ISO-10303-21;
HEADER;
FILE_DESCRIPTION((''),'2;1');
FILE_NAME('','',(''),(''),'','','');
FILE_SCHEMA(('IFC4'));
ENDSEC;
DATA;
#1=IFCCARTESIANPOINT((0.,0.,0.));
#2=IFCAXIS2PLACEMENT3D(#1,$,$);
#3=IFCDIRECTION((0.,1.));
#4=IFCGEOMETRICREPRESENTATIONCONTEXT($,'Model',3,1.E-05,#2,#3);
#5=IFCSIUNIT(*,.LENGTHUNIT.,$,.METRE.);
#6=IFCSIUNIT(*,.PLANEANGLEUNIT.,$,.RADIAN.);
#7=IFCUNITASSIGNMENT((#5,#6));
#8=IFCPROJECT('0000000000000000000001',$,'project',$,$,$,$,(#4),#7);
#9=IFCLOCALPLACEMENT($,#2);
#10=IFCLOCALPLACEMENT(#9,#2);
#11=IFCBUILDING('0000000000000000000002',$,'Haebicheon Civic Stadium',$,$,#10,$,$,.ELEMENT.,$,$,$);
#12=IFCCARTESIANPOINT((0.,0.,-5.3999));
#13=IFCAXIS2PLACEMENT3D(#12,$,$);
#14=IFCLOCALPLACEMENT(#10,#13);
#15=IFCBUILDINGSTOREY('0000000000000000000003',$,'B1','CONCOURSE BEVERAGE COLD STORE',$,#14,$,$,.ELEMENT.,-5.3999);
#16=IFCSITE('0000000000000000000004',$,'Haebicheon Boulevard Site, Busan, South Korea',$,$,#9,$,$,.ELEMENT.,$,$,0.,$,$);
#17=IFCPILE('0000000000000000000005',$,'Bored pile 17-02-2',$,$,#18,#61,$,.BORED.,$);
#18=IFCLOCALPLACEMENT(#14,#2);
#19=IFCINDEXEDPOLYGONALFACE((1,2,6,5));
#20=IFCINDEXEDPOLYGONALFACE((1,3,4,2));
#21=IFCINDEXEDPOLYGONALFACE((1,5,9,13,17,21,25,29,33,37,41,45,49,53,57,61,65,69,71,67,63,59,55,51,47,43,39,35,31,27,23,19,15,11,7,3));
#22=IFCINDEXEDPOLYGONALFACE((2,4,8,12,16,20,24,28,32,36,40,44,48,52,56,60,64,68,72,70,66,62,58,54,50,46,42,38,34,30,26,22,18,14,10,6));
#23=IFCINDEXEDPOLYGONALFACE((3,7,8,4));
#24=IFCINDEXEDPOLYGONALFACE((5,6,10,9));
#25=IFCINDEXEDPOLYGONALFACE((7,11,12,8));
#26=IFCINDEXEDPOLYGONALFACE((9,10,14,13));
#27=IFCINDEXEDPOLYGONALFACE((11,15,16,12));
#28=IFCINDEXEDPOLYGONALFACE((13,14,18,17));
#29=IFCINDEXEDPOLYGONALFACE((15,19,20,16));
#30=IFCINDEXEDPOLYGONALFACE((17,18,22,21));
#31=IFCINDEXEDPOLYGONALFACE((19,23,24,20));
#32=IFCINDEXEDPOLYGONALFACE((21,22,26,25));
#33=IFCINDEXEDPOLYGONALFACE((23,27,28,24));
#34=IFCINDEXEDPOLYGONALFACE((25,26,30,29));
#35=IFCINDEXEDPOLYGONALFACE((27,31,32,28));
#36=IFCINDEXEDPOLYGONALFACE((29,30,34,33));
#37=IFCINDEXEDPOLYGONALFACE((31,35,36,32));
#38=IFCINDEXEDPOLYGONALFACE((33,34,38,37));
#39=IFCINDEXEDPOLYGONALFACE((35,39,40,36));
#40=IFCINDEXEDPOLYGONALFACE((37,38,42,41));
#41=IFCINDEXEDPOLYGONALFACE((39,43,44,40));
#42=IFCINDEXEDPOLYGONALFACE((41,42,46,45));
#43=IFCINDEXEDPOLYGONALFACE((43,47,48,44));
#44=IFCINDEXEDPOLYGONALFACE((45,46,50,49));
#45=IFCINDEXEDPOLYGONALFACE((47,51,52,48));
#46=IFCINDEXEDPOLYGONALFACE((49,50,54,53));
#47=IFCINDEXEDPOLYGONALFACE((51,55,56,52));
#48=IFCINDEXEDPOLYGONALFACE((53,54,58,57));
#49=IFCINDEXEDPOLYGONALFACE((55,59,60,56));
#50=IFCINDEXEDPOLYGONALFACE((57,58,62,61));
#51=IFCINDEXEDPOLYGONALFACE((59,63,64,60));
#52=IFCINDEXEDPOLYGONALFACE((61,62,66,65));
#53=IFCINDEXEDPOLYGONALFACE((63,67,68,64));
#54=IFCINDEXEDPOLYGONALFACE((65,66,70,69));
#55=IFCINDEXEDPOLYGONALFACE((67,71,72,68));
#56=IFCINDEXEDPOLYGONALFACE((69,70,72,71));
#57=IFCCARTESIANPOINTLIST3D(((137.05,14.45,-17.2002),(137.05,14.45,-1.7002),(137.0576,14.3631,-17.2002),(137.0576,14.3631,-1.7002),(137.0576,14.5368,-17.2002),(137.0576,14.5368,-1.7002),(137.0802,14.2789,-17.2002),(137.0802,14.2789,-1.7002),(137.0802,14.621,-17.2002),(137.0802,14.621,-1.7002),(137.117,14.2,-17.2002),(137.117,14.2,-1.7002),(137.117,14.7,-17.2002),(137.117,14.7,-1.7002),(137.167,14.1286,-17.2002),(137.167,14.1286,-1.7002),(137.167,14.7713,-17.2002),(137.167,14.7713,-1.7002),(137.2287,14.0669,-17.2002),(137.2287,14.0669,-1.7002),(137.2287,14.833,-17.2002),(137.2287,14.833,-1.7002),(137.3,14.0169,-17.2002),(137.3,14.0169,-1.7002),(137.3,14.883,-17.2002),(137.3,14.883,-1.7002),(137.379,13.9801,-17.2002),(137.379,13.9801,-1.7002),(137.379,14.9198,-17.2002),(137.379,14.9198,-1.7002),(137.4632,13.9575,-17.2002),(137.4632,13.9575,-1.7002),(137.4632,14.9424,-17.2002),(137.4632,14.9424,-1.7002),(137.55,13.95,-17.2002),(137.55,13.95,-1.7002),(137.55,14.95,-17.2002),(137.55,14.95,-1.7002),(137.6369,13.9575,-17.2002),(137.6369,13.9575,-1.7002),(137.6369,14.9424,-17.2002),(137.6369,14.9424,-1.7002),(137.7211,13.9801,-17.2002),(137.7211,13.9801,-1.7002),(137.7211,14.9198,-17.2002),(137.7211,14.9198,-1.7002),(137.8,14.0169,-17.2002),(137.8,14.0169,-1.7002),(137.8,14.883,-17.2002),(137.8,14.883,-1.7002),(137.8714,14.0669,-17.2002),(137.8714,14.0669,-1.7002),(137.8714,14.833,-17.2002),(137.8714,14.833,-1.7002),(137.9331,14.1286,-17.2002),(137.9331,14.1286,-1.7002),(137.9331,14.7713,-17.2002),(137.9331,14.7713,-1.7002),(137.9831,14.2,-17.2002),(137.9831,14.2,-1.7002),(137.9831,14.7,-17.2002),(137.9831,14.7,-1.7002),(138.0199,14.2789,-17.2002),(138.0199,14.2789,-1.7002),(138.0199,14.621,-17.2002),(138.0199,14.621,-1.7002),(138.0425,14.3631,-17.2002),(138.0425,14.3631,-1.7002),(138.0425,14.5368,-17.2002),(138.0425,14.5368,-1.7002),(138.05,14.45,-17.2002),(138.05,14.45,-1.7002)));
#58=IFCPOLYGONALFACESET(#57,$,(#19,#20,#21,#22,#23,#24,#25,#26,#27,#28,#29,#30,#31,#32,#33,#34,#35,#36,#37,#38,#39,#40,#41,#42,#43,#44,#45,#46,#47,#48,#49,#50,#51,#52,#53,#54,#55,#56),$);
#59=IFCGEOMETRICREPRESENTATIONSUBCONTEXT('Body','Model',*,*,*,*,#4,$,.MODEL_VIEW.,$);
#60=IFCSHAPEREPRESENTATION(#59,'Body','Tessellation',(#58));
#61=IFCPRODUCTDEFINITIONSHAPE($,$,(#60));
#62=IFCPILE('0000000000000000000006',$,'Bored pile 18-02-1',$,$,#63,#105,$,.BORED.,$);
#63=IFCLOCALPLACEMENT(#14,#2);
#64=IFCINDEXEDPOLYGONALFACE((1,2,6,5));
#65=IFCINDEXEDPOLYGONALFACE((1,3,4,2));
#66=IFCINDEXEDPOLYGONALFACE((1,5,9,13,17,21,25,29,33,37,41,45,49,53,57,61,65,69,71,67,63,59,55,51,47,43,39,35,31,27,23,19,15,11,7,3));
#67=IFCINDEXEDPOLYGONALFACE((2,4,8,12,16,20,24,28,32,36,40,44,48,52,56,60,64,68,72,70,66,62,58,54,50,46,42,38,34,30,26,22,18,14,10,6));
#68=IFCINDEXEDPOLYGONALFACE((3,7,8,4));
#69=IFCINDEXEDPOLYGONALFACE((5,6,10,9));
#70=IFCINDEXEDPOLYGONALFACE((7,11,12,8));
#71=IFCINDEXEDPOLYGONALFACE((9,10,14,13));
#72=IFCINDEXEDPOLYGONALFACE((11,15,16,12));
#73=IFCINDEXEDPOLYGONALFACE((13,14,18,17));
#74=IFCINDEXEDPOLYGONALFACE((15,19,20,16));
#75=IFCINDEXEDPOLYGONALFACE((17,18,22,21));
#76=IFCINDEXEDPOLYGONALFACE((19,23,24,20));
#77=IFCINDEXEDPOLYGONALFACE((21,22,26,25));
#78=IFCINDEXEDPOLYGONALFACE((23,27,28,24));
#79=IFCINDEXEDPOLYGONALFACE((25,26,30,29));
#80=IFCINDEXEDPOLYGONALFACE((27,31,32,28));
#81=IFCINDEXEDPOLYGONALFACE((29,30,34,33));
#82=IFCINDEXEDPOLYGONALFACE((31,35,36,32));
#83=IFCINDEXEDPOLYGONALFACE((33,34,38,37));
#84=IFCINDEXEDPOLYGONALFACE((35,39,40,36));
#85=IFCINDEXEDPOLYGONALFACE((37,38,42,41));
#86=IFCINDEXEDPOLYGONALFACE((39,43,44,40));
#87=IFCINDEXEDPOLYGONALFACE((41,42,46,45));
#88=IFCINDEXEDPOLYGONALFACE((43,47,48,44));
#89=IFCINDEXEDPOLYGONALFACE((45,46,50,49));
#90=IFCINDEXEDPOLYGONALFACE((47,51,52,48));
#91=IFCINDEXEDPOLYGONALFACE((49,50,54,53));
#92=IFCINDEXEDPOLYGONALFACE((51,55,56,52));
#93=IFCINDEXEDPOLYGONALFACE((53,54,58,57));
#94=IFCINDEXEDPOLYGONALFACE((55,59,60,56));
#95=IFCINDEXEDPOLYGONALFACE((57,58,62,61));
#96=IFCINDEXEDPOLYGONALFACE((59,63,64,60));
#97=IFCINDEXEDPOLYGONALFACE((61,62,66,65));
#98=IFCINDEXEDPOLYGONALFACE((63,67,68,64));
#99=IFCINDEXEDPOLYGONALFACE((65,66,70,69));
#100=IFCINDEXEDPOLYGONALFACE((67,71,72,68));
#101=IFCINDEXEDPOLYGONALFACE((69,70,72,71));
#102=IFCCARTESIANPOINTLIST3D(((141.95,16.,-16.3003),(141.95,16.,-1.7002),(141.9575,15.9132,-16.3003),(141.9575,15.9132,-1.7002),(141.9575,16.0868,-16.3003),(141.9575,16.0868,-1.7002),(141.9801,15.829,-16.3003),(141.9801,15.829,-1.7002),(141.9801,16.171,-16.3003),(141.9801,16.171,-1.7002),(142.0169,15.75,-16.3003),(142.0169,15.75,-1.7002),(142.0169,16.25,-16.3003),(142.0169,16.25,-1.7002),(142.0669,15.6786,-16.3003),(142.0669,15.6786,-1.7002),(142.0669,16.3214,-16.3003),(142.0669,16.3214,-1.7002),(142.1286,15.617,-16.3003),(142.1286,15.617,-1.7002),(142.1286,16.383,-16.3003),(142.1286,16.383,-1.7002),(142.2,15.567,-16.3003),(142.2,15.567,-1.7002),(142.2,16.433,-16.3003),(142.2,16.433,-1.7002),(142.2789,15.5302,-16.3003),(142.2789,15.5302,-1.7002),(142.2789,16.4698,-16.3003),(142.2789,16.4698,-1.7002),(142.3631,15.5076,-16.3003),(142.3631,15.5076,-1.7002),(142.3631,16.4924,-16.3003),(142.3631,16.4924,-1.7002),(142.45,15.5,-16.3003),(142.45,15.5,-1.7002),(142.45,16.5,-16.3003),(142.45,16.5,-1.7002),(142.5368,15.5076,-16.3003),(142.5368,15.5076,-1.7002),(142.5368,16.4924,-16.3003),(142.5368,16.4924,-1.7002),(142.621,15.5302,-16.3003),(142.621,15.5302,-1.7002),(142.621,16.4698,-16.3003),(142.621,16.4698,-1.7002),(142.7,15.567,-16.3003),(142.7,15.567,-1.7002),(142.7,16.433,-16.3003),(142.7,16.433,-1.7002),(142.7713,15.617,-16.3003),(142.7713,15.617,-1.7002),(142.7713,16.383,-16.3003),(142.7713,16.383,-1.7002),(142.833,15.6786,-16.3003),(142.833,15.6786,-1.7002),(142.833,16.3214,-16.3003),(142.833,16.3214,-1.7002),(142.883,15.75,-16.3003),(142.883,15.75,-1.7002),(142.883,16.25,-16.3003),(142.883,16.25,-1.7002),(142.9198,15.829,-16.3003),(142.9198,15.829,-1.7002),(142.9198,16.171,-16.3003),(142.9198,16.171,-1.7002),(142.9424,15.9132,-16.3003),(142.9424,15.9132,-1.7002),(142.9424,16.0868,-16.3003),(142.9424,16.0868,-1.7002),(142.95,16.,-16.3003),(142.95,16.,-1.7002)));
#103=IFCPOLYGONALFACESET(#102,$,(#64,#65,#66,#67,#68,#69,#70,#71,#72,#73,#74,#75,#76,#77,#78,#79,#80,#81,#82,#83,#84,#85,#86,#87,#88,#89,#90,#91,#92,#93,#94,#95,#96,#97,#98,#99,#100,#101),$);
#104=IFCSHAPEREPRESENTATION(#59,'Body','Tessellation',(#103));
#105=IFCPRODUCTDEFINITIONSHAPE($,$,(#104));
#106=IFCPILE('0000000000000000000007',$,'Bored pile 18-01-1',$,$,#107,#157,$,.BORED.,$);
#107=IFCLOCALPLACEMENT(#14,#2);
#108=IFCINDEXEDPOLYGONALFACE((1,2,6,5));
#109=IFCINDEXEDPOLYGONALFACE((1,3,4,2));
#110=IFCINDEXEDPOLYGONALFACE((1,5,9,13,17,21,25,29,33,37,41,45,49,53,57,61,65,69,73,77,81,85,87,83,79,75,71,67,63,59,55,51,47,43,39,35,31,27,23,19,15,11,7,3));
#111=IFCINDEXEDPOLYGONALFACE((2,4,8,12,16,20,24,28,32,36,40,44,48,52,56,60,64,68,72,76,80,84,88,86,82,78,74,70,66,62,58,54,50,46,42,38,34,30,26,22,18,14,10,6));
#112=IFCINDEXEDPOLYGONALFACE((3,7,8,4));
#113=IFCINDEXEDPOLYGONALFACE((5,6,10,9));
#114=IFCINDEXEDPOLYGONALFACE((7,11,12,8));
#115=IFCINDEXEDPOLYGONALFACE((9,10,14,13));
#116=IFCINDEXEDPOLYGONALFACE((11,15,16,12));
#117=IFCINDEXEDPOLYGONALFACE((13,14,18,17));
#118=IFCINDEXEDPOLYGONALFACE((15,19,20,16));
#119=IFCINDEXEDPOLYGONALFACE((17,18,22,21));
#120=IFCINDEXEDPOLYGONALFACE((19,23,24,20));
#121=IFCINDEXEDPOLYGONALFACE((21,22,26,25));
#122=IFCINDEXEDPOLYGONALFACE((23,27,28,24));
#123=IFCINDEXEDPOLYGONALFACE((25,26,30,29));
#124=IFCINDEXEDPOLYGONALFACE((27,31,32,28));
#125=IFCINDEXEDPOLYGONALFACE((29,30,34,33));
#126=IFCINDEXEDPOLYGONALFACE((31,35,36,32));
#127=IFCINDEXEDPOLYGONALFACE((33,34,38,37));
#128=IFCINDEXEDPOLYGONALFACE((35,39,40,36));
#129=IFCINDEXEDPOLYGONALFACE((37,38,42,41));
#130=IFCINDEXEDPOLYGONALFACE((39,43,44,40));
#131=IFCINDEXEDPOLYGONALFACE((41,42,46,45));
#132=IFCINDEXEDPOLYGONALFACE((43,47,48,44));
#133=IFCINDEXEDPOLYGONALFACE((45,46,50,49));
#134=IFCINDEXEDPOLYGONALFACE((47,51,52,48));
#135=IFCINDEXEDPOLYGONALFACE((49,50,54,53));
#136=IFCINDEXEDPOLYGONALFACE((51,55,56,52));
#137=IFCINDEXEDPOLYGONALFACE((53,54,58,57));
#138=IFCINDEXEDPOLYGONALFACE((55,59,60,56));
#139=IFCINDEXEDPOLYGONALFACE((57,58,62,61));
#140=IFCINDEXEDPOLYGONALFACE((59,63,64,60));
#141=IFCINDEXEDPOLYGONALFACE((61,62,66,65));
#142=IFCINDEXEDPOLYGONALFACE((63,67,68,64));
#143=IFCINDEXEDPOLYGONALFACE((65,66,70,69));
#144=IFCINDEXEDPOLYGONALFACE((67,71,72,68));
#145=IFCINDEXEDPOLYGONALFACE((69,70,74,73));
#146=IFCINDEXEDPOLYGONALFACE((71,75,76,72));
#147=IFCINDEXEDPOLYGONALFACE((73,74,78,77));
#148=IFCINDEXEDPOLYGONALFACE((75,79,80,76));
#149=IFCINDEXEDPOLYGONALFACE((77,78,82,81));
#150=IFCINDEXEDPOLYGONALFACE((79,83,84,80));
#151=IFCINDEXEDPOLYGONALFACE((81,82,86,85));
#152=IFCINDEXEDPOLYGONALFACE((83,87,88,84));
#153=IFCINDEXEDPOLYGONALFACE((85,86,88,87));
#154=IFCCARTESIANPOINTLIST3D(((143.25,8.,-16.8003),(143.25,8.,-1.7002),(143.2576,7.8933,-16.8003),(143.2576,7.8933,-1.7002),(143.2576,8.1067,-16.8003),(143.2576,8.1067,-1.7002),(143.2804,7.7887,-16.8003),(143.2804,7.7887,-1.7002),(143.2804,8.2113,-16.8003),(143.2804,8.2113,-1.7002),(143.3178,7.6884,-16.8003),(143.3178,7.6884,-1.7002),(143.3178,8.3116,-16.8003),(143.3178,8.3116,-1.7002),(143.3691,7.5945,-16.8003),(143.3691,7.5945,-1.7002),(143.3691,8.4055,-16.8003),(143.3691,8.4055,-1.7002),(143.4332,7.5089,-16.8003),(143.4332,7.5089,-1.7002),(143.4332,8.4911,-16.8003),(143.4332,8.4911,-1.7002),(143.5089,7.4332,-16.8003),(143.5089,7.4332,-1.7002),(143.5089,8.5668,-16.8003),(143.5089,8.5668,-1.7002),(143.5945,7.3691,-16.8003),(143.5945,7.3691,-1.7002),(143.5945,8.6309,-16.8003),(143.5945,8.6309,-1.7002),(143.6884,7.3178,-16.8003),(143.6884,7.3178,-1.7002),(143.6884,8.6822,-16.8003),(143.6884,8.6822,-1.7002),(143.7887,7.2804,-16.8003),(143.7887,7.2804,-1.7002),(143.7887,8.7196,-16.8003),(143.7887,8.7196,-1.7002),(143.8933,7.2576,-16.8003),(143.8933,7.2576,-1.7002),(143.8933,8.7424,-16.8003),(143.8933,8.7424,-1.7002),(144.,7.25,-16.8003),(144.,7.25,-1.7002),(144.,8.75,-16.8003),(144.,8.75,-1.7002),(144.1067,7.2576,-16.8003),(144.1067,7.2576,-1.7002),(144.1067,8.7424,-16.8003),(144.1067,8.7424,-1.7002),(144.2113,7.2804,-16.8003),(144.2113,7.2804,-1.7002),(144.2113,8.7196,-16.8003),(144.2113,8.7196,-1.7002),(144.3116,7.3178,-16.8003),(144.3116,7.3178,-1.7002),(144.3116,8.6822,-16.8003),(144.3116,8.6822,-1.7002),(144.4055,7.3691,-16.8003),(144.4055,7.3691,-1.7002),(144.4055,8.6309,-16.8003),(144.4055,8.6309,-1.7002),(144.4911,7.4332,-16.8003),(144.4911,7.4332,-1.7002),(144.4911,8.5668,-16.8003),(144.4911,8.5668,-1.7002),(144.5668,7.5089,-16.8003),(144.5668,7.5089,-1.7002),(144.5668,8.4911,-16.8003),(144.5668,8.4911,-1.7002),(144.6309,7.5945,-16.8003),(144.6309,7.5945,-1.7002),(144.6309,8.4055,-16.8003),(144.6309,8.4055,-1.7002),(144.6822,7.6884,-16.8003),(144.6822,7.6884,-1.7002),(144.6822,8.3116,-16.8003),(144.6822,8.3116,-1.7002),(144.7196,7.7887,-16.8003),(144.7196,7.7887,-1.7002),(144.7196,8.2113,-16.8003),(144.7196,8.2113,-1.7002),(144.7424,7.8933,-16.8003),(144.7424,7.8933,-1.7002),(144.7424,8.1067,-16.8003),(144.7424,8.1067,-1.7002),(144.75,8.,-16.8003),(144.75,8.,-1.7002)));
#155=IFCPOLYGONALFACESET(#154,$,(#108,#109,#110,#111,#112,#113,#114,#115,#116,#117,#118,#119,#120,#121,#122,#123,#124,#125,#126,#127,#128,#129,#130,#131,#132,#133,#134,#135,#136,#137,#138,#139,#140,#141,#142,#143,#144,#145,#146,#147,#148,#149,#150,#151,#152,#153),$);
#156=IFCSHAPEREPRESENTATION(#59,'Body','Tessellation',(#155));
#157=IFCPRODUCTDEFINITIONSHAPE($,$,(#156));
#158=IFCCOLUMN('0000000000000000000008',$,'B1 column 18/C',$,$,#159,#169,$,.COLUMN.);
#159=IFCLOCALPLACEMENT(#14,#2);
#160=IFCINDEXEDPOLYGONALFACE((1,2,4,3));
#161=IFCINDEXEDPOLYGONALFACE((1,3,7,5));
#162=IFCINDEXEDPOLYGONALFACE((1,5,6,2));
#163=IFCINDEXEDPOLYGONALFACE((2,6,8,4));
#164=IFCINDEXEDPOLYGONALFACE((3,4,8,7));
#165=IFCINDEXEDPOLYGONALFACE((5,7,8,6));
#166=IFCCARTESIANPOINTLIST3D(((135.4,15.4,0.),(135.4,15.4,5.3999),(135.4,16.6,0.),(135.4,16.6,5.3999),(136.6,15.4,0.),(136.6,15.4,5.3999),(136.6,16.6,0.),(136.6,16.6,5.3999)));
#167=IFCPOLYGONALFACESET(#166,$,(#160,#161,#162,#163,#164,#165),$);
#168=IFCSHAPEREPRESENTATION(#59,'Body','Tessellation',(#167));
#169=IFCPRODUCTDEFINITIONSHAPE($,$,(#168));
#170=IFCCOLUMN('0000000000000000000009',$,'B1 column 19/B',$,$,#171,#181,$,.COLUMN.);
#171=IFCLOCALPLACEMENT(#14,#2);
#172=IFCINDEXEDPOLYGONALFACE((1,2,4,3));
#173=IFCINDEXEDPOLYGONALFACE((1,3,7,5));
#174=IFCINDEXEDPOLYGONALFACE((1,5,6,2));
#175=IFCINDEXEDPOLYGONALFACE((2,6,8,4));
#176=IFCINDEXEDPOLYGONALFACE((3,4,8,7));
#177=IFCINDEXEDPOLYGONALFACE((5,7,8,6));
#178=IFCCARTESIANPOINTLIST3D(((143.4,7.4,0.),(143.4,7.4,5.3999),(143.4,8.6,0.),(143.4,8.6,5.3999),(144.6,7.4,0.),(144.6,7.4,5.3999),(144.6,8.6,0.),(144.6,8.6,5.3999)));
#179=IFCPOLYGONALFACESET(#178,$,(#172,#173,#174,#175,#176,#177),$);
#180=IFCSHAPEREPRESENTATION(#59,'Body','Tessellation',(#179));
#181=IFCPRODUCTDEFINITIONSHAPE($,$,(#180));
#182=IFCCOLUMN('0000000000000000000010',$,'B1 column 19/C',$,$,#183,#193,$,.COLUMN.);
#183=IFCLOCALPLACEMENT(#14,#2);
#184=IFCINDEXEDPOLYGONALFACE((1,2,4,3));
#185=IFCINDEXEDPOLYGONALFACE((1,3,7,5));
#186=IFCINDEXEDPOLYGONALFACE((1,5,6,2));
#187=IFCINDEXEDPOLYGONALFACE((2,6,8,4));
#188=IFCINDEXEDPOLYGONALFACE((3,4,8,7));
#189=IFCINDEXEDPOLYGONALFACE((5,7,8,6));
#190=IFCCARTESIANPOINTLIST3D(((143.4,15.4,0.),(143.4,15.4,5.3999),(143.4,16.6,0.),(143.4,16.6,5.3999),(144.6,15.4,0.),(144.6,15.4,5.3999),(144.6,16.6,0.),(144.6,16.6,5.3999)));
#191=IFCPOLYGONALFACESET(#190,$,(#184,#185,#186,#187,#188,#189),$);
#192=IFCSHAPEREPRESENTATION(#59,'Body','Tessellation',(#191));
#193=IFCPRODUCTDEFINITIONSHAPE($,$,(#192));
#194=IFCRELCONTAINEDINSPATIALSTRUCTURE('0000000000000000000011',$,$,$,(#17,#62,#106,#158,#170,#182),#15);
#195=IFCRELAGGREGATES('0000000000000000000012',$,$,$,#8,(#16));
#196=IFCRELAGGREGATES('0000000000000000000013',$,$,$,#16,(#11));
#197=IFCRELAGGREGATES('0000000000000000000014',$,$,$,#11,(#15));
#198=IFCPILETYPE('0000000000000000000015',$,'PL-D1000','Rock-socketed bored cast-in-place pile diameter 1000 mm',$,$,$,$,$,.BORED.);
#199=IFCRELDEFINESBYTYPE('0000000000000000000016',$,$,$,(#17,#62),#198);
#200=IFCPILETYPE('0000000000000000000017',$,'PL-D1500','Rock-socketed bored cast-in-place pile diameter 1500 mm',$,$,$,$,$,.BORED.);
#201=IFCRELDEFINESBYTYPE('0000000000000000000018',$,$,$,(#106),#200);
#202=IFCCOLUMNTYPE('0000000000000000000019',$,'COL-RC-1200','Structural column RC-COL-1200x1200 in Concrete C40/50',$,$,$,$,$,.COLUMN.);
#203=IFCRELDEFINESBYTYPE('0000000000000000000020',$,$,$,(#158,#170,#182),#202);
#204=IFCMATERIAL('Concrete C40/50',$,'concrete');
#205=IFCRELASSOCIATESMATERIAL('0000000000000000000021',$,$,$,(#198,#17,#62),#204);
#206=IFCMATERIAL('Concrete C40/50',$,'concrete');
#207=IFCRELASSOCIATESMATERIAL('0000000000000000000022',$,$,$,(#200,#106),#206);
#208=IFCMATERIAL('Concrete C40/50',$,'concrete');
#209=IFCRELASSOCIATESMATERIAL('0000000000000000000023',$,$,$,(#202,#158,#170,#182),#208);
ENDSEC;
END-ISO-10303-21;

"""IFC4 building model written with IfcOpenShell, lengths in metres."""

from ifc_helpers import new_model, si_unit, direction, frame, origin, origin_2d, place, context, subcontext, project, spatial, rectangle, circle, extrude, material, material_profile, profile_set, type_object, element, save


model = new_model("IFC4")

# Units and contexts
model_context = context("Model", 3, precision=1e-05, world=origin(), true_north=direction((0.0, 1.0)))
body_context = subcontext(model_context, "Body", "Model", "MODEL_VIEW")
ifc_project = project(units=[si_unit("LENGTHUNIT", "METRE"), si_unit("PLANEANGLEUNIT", "RADIAN")], contexts=[model_context])

# Site, building, storey
site_placement = place(None, origin())
site = spatial("IfcSite", under=ifc_project, at=site_placement, Name="Haebicheon Boulevard Site, Busan, South Korea", CompositionType="ELEMENT", RefElevation=0.0)
building_placement = place(site_placement, origin())
building = spatial("IfcBuilding", under=site, at=building_placement, Name="Haebicheon Civic Stadium", CompositionType="ELEMENT")
storey_placement = place(building_placement, frame((0.0, 0.0, -5.3999)))
storey = spatial("IfcBuildingStorey", under=building, at=storey_placement, Name="B1", Description="CONCOURSE BEVERAGE COLD STORE", CompositionType="ELEMENT", Elevation=-5.3999)

# Piles
ifc_material_1 = material(Name="Concrete C40/50", Category="concrete")
ifc_material_profile_1 = material_profile(ifc_material_1, circle(Radius=0.5, at=origin_2d()), Name="PILE-D1000")
ifc_profile_set_1 = profile_set([ifc_material_profile_1], Name="Concrete C40/50")
pile_type_1 = type_object("IfcPileType", Name="PL-D1000", Description="Rock-socketed bored cast-in-place pile diameter 1000 mm", PredefinedType="BORED", material=ifc_profile_set_1)
for number, where, z_axis, x_axis, name in (
    (1, (137.55, 14.45, -1.7002), (0.0, 0.0, -1.0), (1.0, 0.0, 0.0), "Bored pile 17-02-2"),
):
    element("IfcPile", number, at=place(storey_placement, frame(where, z_axis=z_axis, x_axis=x_axis)), inside=storey, type_object=pile_type_1, material=ifc_profile_set_1, Name=name, PredefinedType="BORED", context=body_context, shape_type="SweptSolid", body=[
        extrude(circle(Radius=0.5, at=origin_2d()), origin(), (0.0, 0.0, 1.0), 15.5),
    ])
pile_1_placement = place(storey_placement, frame((142.45, 16.0, -1.7002), z_axis=(0.0, 0.0, -1.0), x_axis=(1.0, 0.0, 0.0)))
element("IfcPile", 2, at=pile_1_placement, inside=storey, type_object=pile_type_1, material=ifc_profile_set_1, Name="Bored pile 18-02-1", PredefinedType="BORED", context=body_context, shape_type="SweptSolid", body=[
    extrude(circle(Radius=0.5, at=origin_2d()), origin(), (0.0, 0.0, 1.0), 14.6001),
])
ifc_material_2 = material(Name="Concrete C40/50", Category="concrete")
ifc_material_profile_2 = material_profile(ifc_material_2, circle(Radius=0.75, at=origin_2d()), Name="PILE-D1500")
ifc_profile_set_2 = profile_set([ifc_material_profile_2], Name="Concrete C40/50")
pile_type_2 = type_object("IfcPileType", Name="PL-D1500", Description="Rock-socketed bored cast-in-place pile diameter 1500 mm", PredefinedType="BORED", material=ifc_profile_set_2)
pile_2_placement = place(storey_placement, frame((144.0, 8.0, -1.7002), z_axis=(0.0, 0.0, -1.0), x_axis=(1.0, 0.0, 0.0)))
element("IfcPile", 3, at=pile_2_placement, inside=storey, type_object=pile_type_2, material=ifc_profile_set_2, Name="Bored pile 18-01-1", PredefinedType="BORED", context=body_context, shape_type="SweptSolid", body=[
    extrude(circle(Radius=0.75, at=origin_2d()), origin(), (0.0, 0.0, 1.0), 15.1001),
])

# Columns
ifc_material_3 = material(Name="Concrete C40/50", Category="concrete")
ifc_material_profile_3 = material_profile(ifc_material_3, rectangle(XDim=1.2, YDim=1.2, at=origin_2d()), Name="RC-COL-1200x1200")
ifc_profile_set_3 = profile_set([ifc_material_profile_3], Name="Concrete C40/50")
column_type = type_object("IfcColumnType", Name="COL-RC-1200", Description="Structural column RC-COL-1200x1200 in Concrete C40/50", PredefinedType="COLUMN", material=ifc_profile_set_3)
for number, where, z_axis, x_axis, name in (
    (4, (136.0, 16.0, 0.0), (0.0, 0.0, 1.0), (1.0, 0.0, 0.0), "B1 column 18/C"),
    (5, (144.0, 8.0, 0.0), (0.0, 0.0, 1.0), (1.0, 0.0, 0.0), "B1 column 19/B"),
    (6, (144.0, 16.0, 0.0), (0.0, 0.0, 1.0), (1.0, 0.0, 0.0), "B1 column 19/C"),
):
    element("IfcColumn", number, at=place(storey_placement, frame(where, z_axis=z_axis, x_axis=x_axis)), inside=storey, type_object=column_type, material=ifc_profile_set_3, Name=name, PredefinedType="COLUMN", context=body_context, shape_type="SweptSolid", body=[
        extrude(rectangle(XDim=1.2, YDim=1.2, at=origin_2d()), origin(), (0.0, 0.0, 1.0), 5.3999),
    ])

save(model, "model.ifc")
